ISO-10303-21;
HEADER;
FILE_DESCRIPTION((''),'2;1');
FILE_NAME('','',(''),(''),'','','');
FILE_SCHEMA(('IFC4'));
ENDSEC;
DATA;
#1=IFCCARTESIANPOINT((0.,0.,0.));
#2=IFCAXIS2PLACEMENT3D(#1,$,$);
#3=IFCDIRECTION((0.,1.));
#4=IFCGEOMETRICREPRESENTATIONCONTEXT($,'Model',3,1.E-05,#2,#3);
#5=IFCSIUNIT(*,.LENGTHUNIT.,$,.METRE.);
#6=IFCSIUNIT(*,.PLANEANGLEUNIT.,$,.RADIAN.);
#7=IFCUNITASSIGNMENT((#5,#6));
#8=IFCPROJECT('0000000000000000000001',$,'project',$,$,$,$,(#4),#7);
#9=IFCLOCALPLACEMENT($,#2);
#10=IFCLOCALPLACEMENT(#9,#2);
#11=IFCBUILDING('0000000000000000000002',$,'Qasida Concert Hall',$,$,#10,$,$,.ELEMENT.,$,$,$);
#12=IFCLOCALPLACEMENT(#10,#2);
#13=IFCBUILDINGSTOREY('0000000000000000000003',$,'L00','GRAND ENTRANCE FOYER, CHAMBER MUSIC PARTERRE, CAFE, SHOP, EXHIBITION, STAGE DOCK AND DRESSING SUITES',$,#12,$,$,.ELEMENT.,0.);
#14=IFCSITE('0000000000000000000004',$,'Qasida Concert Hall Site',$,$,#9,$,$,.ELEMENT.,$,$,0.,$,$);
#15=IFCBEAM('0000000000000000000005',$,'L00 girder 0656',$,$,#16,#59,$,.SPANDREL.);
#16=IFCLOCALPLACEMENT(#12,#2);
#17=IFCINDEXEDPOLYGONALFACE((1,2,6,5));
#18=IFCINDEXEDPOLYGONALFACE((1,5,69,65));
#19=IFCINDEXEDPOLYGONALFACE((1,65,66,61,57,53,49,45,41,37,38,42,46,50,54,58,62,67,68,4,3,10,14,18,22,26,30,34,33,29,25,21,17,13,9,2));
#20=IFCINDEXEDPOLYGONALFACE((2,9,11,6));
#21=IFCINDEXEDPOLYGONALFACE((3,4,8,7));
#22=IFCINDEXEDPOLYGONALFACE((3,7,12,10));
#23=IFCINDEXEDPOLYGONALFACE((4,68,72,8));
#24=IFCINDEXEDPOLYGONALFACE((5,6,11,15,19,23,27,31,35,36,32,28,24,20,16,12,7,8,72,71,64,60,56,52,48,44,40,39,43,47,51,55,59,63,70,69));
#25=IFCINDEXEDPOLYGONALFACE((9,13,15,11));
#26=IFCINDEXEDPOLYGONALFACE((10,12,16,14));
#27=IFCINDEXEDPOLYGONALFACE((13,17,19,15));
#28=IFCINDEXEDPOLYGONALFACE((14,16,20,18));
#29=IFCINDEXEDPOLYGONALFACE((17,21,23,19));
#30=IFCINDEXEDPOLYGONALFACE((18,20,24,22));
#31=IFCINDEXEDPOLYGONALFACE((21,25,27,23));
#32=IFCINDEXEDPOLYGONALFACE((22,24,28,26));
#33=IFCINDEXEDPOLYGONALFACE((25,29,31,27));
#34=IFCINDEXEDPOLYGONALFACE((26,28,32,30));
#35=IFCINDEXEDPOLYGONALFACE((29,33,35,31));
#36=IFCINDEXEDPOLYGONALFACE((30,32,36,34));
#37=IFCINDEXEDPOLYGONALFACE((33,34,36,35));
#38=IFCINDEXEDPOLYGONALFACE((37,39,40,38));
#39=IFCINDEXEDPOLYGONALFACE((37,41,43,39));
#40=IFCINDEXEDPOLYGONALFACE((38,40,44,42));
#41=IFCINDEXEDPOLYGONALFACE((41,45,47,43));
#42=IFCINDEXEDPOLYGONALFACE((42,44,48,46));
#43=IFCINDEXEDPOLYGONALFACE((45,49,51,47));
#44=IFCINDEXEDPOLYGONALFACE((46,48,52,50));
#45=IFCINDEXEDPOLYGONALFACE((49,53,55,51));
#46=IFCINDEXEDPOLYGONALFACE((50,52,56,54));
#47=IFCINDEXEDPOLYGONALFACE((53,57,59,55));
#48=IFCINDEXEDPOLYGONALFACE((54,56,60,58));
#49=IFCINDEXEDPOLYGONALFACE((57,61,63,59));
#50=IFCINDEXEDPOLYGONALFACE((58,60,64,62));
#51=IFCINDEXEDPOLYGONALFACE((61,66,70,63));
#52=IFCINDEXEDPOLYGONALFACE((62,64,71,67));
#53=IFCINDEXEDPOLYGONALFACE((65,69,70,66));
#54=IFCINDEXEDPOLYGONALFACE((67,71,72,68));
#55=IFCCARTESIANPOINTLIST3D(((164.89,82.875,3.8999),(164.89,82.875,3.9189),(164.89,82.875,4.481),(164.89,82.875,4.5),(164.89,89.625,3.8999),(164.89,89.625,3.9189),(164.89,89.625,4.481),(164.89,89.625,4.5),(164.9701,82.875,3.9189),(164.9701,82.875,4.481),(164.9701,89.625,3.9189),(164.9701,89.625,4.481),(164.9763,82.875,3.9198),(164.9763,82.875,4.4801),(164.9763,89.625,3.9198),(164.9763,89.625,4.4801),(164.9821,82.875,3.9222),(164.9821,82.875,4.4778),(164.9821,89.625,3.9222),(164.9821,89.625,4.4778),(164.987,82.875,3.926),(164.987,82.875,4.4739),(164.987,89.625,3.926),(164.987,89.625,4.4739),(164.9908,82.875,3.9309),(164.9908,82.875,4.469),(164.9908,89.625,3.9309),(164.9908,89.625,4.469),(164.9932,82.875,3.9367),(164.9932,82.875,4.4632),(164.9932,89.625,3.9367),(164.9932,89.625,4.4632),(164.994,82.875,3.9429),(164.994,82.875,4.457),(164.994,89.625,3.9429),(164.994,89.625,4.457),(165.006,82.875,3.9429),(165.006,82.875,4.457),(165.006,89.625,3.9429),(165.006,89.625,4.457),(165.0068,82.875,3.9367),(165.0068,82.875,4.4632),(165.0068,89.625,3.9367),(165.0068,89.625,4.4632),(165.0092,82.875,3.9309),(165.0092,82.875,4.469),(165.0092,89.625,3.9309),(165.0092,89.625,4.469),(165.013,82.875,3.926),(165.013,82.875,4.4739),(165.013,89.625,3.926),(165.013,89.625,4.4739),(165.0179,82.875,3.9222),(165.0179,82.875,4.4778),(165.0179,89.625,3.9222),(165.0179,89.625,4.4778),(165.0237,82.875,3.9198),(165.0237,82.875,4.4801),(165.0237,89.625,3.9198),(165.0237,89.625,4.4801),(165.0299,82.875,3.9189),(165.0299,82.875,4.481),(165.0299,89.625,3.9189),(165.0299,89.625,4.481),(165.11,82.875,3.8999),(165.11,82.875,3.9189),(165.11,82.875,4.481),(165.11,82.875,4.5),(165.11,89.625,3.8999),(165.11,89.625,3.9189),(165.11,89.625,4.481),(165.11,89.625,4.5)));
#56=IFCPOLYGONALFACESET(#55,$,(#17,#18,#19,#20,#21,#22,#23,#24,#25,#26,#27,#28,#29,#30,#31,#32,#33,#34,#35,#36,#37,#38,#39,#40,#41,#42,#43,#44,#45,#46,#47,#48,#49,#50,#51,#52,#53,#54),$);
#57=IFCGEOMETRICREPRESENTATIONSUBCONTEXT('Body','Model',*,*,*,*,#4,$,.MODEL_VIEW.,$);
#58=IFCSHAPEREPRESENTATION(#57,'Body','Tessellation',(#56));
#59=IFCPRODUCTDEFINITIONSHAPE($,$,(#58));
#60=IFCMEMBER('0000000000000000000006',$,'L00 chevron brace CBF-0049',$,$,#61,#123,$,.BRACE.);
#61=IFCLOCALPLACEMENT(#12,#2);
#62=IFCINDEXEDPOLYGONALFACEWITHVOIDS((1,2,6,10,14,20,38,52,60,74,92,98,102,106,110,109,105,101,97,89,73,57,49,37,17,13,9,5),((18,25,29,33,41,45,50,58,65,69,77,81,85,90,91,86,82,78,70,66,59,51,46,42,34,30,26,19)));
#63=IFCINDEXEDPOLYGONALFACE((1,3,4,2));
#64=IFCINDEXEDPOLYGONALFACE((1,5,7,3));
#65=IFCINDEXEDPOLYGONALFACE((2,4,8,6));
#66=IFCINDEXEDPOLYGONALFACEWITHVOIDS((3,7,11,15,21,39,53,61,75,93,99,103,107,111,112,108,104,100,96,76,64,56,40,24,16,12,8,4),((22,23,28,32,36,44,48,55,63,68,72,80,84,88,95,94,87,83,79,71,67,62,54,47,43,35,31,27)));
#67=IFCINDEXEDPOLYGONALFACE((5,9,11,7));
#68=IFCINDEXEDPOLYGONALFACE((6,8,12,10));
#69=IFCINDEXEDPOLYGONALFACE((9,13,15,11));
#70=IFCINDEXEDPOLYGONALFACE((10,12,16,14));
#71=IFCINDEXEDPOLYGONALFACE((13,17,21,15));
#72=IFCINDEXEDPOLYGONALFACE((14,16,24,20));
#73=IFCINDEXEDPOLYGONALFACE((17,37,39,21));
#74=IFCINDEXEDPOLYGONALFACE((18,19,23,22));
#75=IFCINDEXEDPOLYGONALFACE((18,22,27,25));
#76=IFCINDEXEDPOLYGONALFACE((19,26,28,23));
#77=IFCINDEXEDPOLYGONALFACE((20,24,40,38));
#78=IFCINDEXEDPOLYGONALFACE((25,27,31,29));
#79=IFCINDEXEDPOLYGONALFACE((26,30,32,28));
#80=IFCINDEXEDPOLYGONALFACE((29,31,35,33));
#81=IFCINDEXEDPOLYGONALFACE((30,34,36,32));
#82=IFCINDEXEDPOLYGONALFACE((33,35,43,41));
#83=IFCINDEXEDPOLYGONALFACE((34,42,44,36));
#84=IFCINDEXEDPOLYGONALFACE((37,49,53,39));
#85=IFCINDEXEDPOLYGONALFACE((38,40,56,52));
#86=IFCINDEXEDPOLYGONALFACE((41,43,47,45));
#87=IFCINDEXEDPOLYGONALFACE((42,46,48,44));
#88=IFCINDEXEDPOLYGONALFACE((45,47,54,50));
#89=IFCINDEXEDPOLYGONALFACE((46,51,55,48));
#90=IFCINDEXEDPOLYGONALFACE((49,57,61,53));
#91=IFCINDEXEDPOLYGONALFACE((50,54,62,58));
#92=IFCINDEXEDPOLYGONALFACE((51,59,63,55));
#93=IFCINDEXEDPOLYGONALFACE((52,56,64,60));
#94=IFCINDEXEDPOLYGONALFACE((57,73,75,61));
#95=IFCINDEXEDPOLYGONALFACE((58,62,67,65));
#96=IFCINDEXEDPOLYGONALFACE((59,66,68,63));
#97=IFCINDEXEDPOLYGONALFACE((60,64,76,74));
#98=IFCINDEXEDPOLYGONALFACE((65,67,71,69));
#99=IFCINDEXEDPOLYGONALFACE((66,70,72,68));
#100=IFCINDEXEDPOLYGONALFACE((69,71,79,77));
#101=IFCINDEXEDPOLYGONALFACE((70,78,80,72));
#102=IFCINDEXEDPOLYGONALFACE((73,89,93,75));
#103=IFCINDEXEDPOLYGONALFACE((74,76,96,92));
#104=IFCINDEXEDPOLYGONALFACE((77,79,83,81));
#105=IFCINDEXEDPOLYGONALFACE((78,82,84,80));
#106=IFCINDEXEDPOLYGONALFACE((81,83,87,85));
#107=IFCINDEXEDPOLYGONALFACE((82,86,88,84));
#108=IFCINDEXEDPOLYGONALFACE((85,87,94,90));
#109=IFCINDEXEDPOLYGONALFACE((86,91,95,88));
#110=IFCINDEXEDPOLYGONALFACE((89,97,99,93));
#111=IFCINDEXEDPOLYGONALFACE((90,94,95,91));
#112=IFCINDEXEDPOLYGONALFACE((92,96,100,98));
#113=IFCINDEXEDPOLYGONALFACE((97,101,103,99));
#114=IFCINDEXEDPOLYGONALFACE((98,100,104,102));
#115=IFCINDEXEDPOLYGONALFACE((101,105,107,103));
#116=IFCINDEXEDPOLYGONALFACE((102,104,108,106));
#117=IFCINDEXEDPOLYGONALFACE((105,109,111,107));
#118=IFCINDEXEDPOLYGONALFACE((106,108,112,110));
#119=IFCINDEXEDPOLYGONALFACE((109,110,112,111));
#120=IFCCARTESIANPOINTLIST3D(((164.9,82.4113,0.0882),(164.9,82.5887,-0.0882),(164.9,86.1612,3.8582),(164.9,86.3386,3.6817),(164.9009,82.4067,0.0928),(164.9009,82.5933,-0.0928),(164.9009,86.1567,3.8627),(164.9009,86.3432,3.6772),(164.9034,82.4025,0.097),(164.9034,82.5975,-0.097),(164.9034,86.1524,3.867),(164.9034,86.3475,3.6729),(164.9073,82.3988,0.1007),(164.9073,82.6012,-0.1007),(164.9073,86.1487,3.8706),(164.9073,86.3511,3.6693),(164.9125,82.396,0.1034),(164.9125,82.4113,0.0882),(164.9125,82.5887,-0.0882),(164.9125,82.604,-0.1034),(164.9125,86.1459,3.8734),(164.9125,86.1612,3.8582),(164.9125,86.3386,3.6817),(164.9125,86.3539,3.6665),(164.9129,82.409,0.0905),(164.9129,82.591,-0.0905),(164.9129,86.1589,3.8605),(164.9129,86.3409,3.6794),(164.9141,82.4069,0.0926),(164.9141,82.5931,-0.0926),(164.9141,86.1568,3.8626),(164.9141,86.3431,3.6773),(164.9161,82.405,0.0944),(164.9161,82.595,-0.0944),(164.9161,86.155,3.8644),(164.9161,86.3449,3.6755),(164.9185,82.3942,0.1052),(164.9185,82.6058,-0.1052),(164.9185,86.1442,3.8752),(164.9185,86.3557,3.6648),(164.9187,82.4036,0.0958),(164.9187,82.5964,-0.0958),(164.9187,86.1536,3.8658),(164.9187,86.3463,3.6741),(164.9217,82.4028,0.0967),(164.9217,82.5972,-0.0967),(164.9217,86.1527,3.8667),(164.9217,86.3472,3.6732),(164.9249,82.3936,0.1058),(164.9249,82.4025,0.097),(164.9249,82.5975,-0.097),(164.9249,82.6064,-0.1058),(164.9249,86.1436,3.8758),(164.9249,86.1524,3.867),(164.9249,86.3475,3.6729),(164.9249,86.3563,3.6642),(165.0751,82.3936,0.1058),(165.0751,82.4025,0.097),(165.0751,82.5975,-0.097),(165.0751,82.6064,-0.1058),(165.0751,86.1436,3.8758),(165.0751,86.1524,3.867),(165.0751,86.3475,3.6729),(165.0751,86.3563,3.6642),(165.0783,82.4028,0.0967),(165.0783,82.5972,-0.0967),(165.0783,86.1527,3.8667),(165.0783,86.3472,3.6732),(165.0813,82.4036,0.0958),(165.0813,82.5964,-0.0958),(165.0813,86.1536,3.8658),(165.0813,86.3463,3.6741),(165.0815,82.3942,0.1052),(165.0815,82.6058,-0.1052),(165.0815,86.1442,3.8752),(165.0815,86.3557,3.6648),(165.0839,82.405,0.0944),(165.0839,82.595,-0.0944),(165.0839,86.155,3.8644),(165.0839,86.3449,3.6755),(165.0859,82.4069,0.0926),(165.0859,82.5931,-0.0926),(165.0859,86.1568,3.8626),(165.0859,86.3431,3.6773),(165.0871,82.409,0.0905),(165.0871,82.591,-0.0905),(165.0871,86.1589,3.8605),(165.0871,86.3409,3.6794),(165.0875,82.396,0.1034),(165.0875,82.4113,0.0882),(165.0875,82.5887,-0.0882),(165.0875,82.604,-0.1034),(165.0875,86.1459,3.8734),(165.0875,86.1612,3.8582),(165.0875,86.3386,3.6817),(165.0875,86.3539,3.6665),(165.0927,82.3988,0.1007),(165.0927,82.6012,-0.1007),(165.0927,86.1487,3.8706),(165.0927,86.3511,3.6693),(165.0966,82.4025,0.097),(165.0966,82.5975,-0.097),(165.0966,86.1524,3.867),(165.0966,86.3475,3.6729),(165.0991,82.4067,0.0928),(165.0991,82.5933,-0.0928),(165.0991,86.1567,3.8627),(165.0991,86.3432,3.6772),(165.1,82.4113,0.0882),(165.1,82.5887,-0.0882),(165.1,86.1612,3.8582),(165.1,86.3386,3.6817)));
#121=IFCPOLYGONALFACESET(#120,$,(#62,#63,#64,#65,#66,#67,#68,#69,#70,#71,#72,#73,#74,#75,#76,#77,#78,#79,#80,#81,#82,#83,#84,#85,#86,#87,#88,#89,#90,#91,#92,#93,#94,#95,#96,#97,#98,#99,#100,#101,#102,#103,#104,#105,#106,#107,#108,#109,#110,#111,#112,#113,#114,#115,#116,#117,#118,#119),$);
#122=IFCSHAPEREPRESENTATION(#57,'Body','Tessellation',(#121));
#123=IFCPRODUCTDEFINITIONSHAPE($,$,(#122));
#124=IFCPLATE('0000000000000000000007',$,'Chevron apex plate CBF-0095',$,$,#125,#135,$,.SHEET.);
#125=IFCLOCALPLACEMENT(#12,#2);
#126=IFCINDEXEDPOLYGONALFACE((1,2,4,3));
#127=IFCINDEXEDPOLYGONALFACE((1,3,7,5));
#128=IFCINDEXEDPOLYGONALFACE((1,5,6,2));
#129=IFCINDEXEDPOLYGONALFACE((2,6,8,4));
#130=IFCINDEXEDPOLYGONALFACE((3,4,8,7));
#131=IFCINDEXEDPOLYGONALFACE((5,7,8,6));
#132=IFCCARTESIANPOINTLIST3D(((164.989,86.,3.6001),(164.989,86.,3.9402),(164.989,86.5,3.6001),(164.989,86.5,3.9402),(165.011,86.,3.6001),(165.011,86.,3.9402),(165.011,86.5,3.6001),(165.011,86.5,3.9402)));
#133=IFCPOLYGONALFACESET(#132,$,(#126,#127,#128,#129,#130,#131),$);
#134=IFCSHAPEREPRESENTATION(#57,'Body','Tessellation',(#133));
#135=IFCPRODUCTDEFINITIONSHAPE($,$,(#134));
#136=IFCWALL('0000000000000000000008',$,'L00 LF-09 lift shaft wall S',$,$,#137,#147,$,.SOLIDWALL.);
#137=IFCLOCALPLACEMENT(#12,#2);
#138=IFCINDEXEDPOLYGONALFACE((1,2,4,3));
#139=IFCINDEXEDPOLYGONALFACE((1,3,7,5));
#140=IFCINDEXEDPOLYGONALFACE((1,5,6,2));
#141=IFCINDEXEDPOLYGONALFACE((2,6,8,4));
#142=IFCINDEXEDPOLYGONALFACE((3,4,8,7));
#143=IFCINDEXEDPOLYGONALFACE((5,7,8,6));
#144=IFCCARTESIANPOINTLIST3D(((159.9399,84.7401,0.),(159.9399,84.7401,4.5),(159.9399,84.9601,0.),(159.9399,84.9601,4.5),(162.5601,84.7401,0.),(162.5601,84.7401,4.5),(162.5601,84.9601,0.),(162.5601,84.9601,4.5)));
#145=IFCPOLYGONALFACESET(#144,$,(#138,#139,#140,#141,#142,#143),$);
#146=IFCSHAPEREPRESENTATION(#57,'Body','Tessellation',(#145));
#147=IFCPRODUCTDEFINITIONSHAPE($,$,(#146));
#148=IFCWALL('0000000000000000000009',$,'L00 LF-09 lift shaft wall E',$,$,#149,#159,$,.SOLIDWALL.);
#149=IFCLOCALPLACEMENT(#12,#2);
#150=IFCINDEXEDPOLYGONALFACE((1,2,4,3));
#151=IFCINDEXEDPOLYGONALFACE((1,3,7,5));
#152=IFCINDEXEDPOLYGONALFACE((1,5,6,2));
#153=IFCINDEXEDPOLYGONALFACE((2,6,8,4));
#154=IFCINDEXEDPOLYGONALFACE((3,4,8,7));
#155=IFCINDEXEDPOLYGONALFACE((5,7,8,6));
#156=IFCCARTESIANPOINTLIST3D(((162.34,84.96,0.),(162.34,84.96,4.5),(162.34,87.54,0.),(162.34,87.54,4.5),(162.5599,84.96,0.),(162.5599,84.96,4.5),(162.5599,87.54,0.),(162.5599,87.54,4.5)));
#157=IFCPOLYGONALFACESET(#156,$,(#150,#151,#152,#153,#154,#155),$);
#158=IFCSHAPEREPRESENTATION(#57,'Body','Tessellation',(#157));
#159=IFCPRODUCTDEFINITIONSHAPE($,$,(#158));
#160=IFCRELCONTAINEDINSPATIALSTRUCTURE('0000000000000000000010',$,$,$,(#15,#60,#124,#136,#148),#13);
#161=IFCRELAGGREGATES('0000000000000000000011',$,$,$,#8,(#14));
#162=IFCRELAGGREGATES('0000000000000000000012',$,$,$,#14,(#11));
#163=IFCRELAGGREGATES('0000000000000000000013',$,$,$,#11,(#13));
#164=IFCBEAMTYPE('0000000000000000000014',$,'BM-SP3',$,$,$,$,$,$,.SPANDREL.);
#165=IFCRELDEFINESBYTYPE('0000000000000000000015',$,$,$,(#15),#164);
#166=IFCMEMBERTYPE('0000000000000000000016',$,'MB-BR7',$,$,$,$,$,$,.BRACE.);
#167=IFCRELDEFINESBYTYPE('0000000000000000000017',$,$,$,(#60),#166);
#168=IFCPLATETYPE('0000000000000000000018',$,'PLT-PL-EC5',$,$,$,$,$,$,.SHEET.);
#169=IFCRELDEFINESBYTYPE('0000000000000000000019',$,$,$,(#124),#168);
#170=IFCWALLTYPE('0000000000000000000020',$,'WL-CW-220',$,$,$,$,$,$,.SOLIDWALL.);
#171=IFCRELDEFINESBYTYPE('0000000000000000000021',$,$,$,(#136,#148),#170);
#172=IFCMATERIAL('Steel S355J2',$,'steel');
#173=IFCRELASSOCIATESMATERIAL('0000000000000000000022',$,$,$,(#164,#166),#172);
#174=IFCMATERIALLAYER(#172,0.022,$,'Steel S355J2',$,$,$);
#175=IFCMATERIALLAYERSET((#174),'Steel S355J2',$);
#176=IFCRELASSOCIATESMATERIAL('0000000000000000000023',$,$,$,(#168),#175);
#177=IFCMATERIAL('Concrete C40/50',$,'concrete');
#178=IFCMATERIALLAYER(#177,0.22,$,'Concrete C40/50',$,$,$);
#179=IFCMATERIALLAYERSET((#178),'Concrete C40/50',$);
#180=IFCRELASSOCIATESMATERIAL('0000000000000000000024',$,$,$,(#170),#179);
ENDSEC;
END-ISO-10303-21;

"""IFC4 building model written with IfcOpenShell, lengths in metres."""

from ifc_helpers import new_model, si_unit, direction, frame, frame_2d, origin, origin_2d, place, context, subcontext, project, spatial, rectangle, hollow_rectangle, i_section, extrude, material, layer, layer_set, material_profile, profile_set, type_object, element, save


model = new_model("IFC4")

# Units and contexts
model_context = context("Model", 3, precision=1e-05, world=origin(), true_north=direction((0.0, 1.0)))
body_context = subcontext(model_context, "Body", "Model", "MODEL_VIEW")
ifc_project = project(units=[si_unit("LENGTHUNIT", "METRE"), si_unit("PLANEANGLEUNIT", "RADIAN")], contexts=[model_context])

# Site, building, storey
site_placement = place(None, origin())
site = spatial("IfcSite", under=ifc_project, at=site_placement, Name="Qasida Concert Hall Site", CompositionType="ELEMENT", RefElevation=0.0)
building_placement = place(site_placement, origin())
building = spatial("IfcBuilding", under=site, at=building_placement, Name="Qasida Concert Hall", CompositionType="ELEMENT")
storey_placement = place(building_placement, origin())
storey = spatial("IfcBuildingStorey", under=building, at=storey_placement, Name="L00", Description="GRAND ENTRANCE FOYER, CHAMBER MUSIC PARTERRE, CAFE, SHOP, EXHIBITION, STAGE DOCK AND DRESSING SUITES", CompositionType="ELEMENT", Elevation=0.0)

# Beam
ifc_material_1 = material(Name="Concrete C40/50", Category="concrete")
ifc_material_2 = material(Name="Steel S355J2", Category="steel")
ifc_material_profile_1 = material_profile(ifc_material_2, i_section(OverallWidth=0.22, OverallDepth=0.6001, WebThickness=0.012, FlangeThickness=0.019, FilletRadius=0.0239, at=origin_2d()), Name="IPE 600")
ifc_profile_set_1 = profile_set([ifc_material_profile_1], Name="Steel S355J2")
beam_type_1 = type_object("IfcBeamType", Name="BM-SP3", PredefinedType="SPANDREL", material=ifc_profile_set_1)
beam_1_placement = place(storey_placement, frame((165.0, 82.875, 4.2), z_axis=(0.0, 1.0, 0.0), x_axis=(-1.0, 0.0, 0.0)))
element("IfcBeam", 1, at=beam_1_placement, inside=storey, type_object=beam_type_1, Name="L00 girder 0656", PredefinedType="SPANDREL", context=body_context, shape_type="SweptSolid", body=[
    extrude(i_section(OverallWidth=0.22, OverallDepth=0.6001, WebThickness=0.012, FlangeThickness=0.019, FilletRadius=0.0239, at=origin_2d()), origin(), (0.0, 0.0, 1.0), 6.75),
])

# Member
ifc_material_profile_2 = material_profile(ifc_material_2, hollow_rectangle(XDim=0.2, YDim=0.3, WallThickness=0.0125, InnerFilletRadius=0.0125, OuterFilletRadius=0.0249, at=origin_2d()), Name="RHS 300x200x12.5")
ifc_profile_set_2 = profile_set([ifc_material_profile_2], Name="Steel S355J2")
member_type = type_object("IfcMemberType", Name="MB-BR7", PredefinedType="BRACE", material=ifc_profile_set_2)
member_placement = place(storey_placement, frame((165.0, 82.5, 0.0), z_axis=(0.0, 0.705222, 0.708987), x_axis=(-1.0, 0.0, 0.0)))
element("IfcMember", 2, at=member_placement, inside=storey, type_object=member_type, Name="L00 chevron brace CBF-0049", PredefinedType="BRACE", context=body_context, shape_type="SweptSolid", body=[
    extrude(hollow_rectangle(XDim=0.2, YDim=0.3, WallThickness=0.0125, InnerFilletRadius=0.0125, OuterFilletRadius=0.0249, at=origin_2d()), origin(), (0.0, 0.0, 1.0), 5.3174),
])

# Plate
ifc_layer_1 = layer(ifc_material_2, 0.022, Name="Steel S355J2")
ifc_layer_set_1 = layer_set([ifc_layer_1], Name="Steel S355J2")
plate_type = type_object("IfcPlateType", Name="PLT-PL-EC5", PredefinedType="SHEET", material=ifc_layer_set_1)
plate_placement = place(storey_placement, frame((165.0, 86.25, 3.6001), z_axis=(0.0, 0.0, 1.0), x_axis=(0.0, 1.0, 0.0)))
element("IfcPlate", 3, at=plate_placement, inside=storey, type_object=plate_type, Name="Chevron apex plate CBF-0095", PredefinedType="SHEET", context=body_context, shape_type="SweptSolid", body=[
    extrude(rectangle(XDim=0.5, YDim=0.022, at=origin_2d()), origin(), (0.0, 0.0, 1.0), 0.3401),
])

# Wall
ifc_layer_2 = layer(ifc_material_1, 0.22, Name="Concrete C40/50")
ifc_layer_set_2 = layer_set([ifc_layer_2], Name="Concrete C40/50")
wall_type_1 = type_object("IfcWallType", Name="WL-CW-220", PredefinedType="SOLIDWALL", material=ifc_layer_set_2)
wall_1_placement = place(storey_placement, frame((159.9399, 84.8501, 0.0), z_axis=(0.0, 0.0, 1.0), x_axis=(1.0, 0.0, 0.0)))
element("IfcWall", 4, at=wall_1_placement, inside=storey, type_object=wall_type_1, Name="L00 LF-09 lift shaft wall S", PredefinedType="SOLIDWALL", context=body_context, shape_type="SweptSolid", body=[
    extrude(rectangle(XDim=2.6201, YDim=0.22, at=frame_2d((1.3101, 0.0))), origin(), (0.0, 0.0, 1.0), 4.5),
])

# Wall
wall_2_placement = place(storey_placement, frame((162.45, 84.96, 0.0), z_axis=(0.0, 0.0, 1.0), x_axis=(0.0, 1.0, 0.0)))
element("IfcWall", 5, at=wall_2_placement, inside=storey, type_object=wall_type_1, Name="L00 LF-09 lift shaft wall E", PredefinedType="SOLIDWALL", context=body_context, shape_type="SweptSolid", body=[
    extrude(rectangle(XDim=2.5801, YDim=0.22, at=frame_2d((1.29, 0.0))), origin(), (0.0, 0.0, 1.0), 4.5),
])

save(model, "model.ifc")
